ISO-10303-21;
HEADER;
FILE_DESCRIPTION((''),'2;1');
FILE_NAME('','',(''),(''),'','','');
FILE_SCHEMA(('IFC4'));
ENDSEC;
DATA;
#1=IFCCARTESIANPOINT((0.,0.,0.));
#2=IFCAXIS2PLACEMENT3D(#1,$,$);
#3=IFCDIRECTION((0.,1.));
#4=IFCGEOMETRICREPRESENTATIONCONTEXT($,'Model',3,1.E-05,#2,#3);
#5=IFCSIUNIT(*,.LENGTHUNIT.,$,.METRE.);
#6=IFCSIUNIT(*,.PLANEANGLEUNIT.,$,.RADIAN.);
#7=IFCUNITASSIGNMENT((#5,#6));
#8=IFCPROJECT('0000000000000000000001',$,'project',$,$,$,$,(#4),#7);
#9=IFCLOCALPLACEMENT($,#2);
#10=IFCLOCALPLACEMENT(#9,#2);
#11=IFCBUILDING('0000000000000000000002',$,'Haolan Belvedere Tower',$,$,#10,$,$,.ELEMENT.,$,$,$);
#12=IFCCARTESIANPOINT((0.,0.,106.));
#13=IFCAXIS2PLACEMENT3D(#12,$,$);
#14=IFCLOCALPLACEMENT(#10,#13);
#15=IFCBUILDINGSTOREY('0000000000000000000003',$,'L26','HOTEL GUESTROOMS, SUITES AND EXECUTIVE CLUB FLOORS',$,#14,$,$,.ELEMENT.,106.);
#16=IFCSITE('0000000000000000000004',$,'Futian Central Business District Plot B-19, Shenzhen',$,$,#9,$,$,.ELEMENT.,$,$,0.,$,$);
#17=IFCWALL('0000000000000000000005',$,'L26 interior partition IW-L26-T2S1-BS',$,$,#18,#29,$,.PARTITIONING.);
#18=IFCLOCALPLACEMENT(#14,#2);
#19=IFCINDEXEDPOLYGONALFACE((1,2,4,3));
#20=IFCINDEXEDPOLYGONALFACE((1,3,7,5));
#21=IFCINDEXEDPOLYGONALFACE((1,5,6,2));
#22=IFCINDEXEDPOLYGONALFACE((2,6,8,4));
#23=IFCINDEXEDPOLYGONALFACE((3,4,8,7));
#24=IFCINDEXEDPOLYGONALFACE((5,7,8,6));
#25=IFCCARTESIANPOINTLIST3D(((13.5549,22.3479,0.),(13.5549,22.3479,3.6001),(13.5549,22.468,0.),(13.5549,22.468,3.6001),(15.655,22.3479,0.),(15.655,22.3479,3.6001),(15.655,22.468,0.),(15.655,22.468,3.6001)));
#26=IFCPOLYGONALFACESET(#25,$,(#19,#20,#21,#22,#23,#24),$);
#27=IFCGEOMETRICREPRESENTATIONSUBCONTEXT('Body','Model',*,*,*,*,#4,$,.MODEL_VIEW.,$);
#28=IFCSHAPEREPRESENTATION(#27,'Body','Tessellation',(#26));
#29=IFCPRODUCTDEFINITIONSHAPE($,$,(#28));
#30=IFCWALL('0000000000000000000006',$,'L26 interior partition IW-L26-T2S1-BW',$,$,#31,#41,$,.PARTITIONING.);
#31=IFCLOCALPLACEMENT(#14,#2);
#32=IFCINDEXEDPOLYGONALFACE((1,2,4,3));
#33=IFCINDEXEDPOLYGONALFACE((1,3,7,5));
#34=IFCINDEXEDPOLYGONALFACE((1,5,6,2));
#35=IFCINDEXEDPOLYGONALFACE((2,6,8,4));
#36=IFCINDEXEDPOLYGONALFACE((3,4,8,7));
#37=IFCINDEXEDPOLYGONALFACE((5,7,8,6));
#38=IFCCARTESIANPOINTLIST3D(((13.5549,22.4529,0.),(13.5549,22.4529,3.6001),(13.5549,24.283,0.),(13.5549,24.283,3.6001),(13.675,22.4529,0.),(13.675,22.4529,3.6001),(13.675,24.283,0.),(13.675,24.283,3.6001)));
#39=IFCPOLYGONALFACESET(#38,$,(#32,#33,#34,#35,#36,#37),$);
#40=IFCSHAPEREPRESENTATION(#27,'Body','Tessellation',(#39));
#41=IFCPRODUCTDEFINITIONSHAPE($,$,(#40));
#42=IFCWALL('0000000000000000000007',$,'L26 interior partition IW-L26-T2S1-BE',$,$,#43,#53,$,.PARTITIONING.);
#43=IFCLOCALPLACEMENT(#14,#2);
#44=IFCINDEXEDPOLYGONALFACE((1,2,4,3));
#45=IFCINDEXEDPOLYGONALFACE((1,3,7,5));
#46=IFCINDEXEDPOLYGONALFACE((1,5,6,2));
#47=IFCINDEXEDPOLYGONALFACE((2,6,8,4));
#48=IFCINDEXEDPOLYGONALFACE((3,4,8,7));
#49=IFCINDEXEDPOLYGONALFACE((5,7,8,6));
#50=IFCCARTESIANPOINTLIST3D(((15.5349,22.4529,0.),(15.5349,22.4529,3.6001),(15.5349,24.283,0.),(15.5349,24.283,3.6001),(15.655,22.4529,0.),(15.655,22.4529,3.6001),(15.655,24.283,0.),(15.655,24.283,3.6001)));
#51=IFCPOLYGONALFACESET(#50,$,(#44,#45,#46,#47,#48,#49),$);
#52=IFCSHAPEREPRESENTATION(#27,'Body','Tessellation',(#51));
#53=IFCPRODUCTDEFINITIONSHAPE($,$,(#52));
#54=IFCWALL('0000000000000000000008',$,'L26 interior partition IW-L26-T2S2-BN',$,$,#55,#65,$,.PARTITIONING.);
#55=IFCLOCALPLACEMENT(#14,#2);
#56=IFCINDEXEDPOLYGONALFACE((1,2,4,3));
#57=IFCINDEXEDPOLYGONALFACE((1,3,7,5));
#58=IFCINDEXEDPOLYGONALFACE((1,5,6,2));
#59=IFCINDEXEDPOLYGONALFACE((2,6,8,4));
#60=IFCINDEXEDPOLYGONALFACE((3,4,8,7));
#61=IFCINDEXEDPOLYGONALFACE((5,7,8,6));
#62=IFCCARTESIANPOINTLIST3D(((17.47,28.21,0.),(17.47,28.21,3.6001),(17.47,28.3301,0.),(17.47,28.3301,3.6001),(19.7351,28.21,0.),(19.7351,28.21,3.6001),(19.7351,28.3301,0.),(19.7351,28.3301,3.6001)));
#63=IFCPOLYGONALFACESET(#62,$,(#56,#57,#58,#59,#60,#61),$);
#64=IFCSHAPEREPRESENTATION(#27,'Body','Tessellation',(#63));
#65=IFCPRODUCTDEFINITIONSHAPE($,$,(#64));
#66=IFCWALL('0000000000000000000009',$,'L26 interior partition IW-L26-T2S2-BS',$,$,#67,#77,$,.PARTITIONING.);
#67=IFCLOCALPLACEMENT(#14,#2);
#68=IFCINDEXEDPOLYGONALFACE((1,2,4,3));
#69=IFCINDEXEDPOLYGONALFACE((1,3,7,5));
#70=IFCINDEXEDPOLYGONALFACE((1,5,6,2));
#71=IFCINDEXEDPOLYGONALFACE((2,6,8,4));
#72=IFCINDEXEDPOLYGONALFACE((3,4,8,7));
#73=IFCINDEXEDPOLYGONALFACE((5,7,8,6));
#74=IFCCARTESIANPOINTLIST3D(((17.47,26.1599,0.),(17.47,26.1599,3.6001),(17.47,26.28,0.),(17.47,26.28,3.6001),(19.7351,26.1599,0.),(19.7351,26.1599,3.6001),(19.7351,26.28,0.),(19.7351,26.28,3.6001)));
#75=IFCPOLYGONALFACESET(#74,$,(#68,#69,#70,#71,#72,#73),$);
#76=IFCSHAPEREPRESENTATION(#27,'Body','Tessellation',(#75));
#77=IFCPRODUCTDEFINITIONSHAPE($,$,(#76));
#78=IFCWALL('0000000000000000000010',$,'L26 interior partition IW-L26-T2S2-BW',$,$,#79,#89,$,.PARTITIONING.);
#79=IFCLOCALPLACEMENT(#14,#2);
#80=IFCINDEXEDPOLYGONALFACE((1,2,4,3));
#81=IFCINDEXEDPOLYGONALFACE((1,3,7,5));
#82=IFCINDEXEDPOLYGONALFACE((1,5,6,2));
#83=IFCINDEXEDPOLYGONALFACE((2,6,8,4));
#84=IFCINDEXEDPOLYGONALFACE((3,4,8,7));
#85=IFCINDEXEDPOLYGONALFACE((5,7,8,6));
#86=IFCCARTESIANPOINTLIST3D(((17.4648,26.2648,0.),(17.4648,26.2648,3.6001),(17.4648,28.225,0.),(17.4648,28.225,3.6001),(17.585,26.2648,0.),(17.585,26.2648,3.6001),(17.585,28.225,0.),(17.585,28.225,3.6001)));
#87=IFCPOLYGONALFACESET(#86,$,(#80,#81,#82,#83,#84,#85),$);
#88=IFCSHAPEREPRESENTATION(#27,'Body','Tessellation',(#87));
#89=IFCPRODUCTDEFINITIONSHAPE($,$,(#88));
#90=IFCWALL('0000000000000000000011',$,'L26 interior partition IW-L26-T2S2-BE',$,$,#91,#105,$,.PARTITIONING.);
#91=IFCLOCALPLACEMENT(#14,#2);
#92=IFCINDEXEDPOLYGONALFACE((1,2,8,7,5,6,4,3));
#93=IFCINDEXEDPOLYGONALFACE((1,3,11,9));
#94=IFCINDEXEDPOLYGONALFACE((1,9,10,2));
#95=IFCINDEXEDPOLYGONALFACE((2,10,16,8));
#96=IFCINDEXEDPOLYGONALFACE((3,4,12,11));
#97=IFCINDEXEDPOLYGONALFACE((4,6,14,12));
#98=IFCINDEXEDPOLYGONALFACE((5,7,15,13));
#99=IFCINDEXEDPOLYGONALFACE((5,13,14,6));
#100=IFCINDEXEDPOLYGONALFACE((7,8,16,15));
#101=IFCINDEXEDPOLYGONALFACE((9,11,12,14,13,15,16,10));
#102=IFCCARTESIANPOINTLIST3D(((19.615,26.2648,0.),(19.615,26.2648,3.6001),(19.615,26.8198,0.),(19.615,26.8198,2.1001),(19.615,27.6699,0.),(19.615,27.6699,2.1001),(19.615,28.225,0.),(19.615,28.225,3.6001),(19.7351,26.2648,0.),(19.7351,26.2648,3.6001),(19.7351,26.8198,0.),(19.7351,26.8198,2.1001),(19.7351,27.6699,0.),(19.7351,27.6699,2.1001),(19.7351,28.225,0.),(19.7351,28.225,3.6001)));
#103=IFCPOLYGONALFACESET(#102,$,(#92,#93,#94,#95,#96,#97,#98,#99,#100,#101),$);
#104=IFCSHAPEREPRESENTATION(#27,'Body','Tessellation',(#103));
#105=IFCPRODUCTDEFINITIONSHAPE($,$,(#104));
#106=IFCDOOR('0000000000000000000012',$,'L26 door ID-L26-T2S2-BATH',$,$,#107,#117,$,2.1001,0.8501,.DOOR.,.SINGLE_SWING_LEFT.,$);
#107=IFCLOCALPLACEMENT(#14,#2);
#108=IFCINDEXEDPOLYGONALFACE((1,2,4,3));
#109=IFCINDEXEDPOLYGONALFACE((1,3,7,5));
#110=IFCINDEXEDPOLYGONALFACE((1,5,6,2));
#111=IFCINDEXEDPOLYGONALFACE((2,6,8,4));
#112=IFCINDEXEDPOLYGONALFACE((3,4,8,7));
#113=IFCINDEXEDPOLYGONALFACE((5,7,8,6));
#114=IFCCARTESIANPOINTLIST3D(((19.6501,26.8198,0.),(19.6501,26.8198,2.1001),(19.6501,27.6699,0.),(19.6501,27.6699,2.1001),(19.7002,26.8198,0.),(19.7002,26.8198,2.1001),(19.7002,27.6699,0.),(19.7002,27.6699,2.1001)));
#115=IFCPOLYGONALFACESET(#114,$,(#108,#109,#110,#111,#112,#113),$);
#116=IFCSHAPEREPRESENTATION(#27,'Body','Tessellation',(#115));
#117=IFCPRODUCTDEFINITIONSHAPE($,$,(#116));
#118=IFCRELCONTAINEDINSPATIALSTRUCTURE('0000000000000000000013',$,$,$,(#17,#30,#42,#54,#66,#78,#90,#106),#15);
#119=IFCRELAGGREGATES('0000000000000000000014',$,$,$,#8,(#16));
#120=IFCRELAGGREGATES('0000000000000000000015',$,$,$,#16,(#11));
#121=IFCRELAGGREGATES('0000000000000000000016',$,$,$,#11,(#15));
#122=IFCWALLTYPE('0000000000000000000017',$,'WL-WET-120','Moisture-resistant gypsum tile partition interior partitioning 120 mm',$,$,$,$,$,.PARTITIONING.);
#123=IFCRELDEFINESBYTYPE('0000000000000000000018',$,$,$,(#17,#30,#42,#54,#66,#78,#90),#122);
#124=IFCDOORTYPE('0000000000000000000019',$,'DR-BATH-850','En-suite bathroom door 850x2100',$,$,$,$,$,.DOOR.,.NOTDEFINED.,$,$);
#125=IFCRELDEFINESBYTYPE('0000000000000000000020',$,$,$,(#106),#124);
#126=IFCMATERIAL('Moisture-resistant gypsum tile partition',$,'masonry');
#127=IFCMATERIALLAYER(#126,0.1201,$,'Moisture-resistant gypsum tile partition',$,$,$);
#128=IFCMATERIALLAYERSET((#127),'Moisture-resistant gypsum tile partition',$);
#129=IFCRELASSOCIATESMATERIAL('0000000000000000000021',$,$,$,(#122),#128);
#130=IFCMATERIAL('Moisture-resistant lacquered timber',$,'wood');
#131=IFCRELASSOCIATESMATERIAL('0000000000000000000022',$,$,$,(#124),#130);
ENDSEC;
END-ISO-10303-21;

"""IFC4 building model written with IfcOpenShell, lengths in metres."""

from ifc_helpers import new_model, si_unit, direction, frame, frame_2d, origin, place, context, subcontext, project, spatial, rectangle, extrude, material, layer, layer_set, type_object, element, fill, save


model = new_model("IFC4")

# Units and contexts
model_context = context("Model", 3, precision=1e-05, world=origin(), true_north=direction((0.0, 1.0)))
body_context = subcontext(model_context, "Body", "Model", "MODEL_VIEW")
ifc_project = project(units=[si_unit("LENGTHUNIT", "METRE"), si_unit("PLANEANGLEUNIT", "RADIAN")], contexts=[model_context])

# Site, building, storey
site_placement = place(None, origin())
site = spatial("IfcSite", under=ifc_project, at=site_placement, Name="Futian Central Business District Plot B-19, Shenzhen", CompositionType="ELEMENT", RefElevation=0.0)
building_placement = place(site_placement, origin())
building = spatial("IfcBuilding", under=site, at=building_placement, Name="Haolan Belvedere Tower", CompositionType="ELEMENT")
storey_placement = place(building_placement, frame((0.0, 0.0, 106.0)))
storey = spatial("IfcBuildingStorey", under=building, at=storey_placement, Name="L26", Description="HOTEL GUESTROOMS, SUITES AND EXECUTIVE CLUB FLOORS", CompositionType="ELEMENT", Elevation=106.0)

# Shared definitions
ifc_material_1 = material(Name="Moisture-resistant gypsum tile partition", Category="masonry")
ifc_layer_1 = layer(ifc_material_1, 0.1201, Name="Moisture-resistant gypsum tile partition")
ifc_layer_set_1 = layer_set([ifc_layer_1], Name="Moisture-resistant gypsum tile partition")
wall_type_1 = type_object("IfcWallType", Name="WL-WET-120", Description="Moisture-resistant gypsum tile partition interior partitioning 120 mm", PredefinedType="PARTITIONING", material=ifc_layer_set_1)
ifc_material_2 = material(Name="Moisture-resistant lacquered timber", Category="wood")
door_type_1 = type_object("IfcDoorType", Name="DR-BATH-850", Description="En-suite bathroom door 850x2100", OperationType="NOTDEFINED", PredefinedType="DOOR", material=ifc_material_2)

# Walls
wall_1_placement = place(storey_placement, frame((13.5549, 22.408, 0.0), z_axis=(0.0, 0.0, 1.0), x_axis=(1.0, 0.0, 0.0)))
element("IfcWall", 1, at=wall_1_placement, inside=storey, type_object=wall_type_1, Name="L26 interior partition IW-L26-T2S1-BS", PredefinedType="PARTITIONING", context=body_context, shape_type="SweptSolid", body=[
    extrude(rectangle(XDim=2.1001, YDim=0.1201, at=frame_2d((1.05, 0.0))), origin(), (0.0, 0.0, 1.0), 3.6001),
])
for number, where, z_axis, x_axis, name in (
    (2, (13.615, 22.4529, 0.0), (0.0, 0.0, 1.0), (0.0, 1.0, 0.0), "L26 interior partition IW-L26-T2S1-BW"),
    (3, (15.595, 22.4529, 0.0), (0.0, 0.0, 1.0), (0.0, 1.0, 0.0), "L26 interior partition IW-L26-T2S1-BE"),
):
    element("IfcWall", number, at=place(storey_placement, frame(where, z_axis=z_axis, x_axis=x_axis)), inside=storey, type_object=wall_type_1, Name=name, PredefinedType="PARTITIONING", context=body_context, shape_type="SweptSolid", body=[
        extrude(rectangle(XDim=1.8301, YDim=0.1201, at=frame_2d((0.915, 0.0))), origin(), (0.0, 0.0, 1.0), 3.6001),
    ])
for number, where, z_axis, x_axis, name in (
    (4, (17.47, 28.27, 0.0), (0.0, 0.0, 1.0), (1.0, 0.0, 0.0), "L26 interior partition IW-L26-T2S2-BN"),
    (5, (17.47, 26.22, 0.0), (0.0, 0.0, 1.0), (1.0, 0.0, 0.0), "L26 interior partition IW-L26-T2S2-BS"),
):
    element("IfcWall", number, at=place(storey_placement, frame(where, z_axis=z_axis, x_axis=x_axis)), inside=storey, type_object=wall_type_1, Name=name, PredefinedType="PARTITIONING", context=body_context, shape_type="SweptSolid", body=[
        extrude(rectangle(XDim=2.2651, YDim=0.1201, at=frame_2d((1.1326, 0.0))), origin(), (0.0, 0.0, 1.0), 3.6001),
    ])
wall_2_placement = place(storey_placement, frame((17.5249, 26.2649, 0.0), z_axis=(0.0, 0.0, 1.0), x_axis=(0.0, 1.0, 0.0)))
element("IfcWall", 6, at=wall_2_placement, inside=storey, type_object=wall_type_1, Name="L26 interior partition IW-L26-T2S2-BW", PredefinedType="PARTITIONING", context=body_context, shape_type="SweptSolid", body=[
    extrude(rectangle(XDim=1.9602, YDim=0.1201, at=frame_2d((0.98, 0.0))), origin(), (0.0, 0.0, 1.0), 3.6001),
])

# Wall, opening, door
wall_3_placement = place(storey_placement, frame((19.675, 26.2649, 0.0), z_axis=(0.0, 0.0, 1.0), x_axis=(0.0, 1.0, 0.0)))
wall_3 = element("IfcWall", 7, at=wall_3_placement, inside=storey, type_object=wall_type_1, Name="L26 interior partition IW-L26-T2S2-BE", PredefinedType="PARTITIONING", context=body_context, shape_type="SweptSolid", body=[
    extrude(rectangle(XDim=1.9602, YDim=0.1201, at=frame_2d((0.98, 0.0))), origin(), (0.0, 0.0, 1.0), 3.6001),
])
opening_1_placement = place(wall_3_placement, frame((0.5549, 0.0, 0.0)))
opening_1 = element("IfcOpeningElement", 8, at=opening_1_placement, cuts=wall_3, PredefinedType="OPENING", context=body_context, shape_type="SweptSolid", body=[
    extrude(rectangle(XDim=0.8501, YDim=2.1001, at=frame_2d((0.425, 1.05))), frame((0.0, 0.0701, 0.0), z_axis=(0.0, -1.0, 0.0), x_axis=(1.0, 0.0, 0.0)), (0.0, 0.0, 1.0), 0.1401),
])
door_1_placement = place(opening_1_placement, origin())
door_1 = element("IfcDoor", 9, at=door_1_placement, inside=storey, type_object=door_type_1, Name="L26 door ID-L26-T2S2-BATH", OperationType="SINGLE_SWING_LEFT", OverallHeight=2.1001, OverallWidth=0.8501, PredefinedType="DOOR", context=body_context, shape_type="SweptSolid", body=[
    extrude(rectangle(XDim=0.8501, YDim=2.1001, at=frame_2d((0.425, 1.05))), frame((0.0, 0.0249, 0.0), z_axis=(0.0, -1.0, 0.0), x_axis=(1.0, 0.0, 0.0)), (0.0, 0.0, 1.0), 0.05),
])
fill(opening_1, door_1)

save(model, "model.ifc")
